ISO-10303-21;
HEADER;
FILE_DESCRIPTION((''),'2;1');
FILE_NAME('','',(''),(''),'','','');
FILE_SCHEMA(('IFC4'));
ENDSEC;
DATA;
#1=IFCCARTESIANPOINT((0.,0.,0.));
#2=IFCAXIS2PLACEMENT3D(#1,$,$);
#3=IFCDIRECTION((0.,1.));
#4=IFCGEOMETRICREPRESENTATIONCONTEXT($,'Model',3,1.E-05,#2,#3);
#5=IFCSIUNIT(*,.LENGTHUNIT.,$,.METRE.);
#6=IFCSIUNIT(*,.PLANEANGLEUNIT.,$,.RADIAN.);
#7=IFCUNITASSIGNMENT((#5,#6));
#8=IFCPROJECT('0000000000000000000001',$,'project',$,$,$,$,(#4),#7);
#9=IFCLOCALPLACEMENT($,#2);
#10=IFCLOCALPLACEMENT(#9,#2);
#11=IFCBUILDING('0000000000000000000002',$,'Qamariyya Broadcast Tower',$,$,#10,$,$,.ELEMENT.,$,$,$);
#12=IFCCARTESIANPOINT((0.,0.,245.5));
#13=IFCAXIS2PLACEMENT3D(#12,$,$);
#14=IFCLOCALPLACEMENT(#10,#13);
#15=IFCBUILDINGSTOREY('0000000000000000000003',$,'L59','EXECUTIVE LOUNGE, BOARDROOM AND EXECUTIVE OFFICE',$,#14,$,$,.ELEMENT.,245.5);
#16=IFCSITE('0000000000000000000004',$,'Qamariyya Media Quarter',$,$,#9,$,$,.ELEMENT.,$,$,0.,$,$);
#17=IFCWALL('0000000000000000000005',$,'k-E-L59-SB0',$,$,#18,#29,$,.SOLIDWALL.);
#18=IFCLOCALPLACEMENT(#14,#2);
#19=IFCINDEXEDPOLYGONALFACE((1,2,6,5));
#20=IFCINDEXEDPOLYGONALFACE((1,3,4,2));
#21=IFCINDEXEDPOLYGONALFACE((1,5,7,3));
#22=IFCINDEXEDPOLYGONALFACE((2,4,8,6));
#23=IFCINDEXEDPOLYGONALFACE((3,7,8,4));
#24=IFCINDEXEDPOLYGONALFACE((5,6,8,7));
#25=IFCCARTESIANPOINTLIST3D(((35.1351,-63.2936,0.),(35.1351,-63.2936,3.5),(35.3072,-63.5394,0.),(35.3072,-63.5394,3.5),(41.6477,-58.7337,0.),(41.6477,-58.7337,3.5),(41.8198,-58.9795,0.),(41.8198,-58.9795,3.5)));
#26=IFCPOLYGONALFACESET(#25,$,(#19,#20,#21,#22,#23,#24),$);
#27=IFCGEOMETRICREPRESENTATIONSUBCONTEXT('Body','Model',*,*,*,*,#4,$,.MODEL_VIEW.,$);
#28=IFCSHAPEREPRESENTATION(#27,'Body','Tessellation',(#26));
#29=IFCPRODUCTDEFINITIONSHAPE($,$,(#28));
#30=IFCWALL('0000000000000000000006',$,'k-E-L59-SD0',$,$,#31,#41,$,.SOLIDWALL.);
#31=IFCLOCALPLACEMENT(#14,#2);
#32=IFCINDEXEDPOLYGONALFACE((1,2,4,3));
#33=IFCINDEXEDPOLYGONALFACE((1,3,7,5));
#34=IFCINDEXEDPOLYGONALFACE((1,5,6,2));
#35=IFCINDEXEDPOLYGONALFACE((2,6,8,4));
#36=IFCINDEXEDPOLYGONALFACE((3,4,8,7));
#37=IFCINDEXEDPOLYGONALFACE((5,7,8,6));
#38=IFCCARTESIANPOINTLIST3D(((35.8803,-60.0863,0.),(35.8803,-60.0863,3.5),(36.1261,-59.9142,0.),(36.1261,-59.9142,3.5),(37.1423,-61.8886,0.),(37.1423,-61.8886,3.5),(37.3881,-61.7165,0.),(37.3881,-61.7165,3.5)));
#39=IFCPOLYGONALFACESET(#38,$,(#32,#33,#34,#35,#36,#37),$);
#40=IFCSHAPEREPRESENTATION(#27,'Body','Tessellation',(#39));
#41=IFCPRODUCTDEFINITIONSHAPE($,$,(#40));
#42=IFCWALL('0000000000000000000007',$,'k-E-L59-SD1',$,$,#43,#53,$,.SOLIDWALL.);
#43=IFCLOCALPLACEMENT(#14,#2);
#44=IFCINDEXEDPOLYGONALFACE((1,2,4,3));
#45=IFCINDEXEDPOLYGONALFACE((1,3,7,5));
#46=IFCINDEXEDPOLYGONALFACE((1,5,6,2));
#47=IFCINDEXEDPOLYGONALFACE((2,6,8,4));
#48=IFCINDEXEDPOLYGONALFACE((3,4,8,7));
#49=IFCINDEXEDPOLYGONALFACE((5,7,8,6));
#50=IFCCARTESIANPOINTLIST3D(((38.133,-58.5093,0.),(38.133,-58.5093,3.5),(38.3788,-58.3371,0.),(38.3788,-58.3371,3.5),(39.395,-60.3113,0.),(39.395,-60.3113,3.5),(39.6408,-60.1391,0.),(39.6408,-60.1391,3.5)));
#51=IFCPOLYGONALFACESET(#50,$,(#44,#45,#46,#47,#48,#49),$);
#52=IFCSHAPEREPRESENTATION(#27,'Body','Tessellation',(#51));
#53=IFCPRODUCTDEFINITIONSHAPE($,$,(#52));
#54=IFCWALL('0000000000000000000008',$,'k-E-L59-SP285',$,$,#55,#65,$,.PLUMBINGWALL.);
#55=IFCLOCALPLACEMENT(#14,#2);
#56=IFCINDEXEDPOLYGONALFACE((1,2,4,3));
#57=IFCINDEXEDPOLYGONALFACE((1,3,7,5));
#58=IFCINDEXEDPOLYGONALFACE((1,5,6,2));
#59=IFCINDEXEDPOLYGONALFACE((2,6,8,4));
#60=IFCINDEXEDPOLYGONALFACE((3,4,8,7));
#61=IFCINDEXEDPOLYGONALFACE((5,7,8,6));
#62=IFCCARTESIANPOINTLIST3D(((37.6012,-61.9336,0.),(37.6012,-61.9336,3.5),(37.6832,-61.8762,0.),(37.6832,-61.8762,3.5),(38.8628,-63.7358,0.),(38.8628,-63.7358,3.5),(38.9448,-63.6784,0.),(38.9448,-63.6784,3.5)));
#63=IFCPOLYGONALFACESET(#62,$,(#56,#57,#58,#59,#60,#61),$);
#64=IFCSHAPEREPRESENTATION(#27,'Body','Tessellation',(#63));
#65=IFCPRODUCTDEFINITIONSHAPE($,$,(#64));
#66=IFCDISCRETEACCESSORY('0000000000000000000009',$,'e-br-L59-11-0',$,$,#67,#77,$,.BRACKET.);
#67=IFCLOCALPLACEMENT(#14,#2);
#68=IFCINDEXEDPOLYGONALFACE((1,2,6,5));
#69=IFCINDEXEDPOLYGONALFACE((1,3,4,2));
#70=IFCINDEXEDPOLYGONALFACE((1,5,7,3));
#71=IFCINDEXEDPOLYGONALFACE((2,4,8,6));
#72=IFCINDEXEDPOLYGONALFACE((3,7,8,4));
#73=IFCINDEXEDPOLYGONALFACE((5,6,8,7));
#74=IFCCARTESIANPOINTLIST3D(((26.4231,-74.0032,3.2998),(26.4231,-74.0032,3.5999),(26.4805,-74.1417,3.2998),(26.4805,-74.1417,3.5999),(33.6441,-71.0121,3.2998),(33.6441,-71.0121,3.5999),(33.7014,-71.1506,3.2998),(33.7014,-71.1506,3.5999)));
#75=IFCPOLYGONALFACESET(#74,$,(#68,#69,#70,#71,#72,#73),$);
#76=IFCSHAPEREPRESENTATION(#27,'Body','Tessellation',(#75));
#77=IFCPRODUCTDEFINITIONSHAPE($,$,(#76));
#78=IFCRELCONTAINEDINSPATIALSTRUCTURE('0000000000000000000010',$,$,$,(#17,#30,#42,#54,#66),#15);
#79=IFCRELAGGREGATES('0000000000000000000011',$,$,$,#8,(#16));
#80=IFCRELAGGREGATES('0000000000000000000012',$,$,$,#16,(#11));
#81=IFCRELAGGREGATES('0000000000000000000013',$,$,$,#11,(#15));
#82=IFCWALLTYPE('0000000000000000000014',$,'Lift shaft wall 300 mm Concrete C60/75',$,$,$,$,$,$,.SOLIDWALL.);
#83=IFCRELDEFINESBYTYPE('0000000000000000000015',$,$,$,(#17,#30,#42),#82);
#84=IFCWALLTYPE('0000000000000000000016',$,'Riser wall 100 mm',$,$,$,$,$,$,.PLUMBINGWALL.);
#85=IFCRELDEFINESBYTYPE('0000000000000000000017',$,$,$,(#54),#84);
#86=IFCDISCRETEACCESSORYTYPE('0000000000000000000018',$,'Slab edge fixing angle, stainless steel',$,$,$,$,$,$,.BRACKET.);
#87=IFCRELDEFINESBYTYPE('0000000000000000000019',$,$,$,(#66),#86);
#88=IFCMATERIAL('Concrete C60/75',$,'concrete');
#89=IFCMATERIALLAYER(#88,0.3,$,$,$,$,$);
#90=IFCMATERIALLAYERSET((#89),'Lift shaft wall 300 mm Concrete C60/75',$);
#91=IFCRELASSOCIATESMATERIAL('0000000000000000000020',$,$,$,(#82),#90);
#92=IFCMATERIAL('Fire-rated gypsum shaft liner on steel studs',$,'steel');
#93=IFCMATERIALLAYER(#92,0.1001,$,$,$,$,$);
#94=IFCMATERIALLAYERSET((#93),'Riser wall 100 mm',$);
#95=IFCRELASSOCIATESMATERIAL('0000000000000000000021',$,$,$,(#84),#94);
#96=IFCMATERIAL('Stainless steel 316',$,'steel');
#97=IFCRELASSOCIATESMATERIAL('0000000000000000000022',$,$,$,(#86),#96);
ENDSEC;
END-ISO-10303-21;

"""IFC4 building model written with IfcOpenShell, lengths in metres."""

from ifc_helpers import new_model, si_unit, direction, frame, frame_2d, origin, origin_2d, place, context, subcontext, project, spatial, rectangle, extrude, material, layer, layer_set, type_object, element, save


model = new_model("IFC4")

# Units and contexts
model_context = context("Model", 3, precision=1e-05, world=origin(), true_north=direction((0.0, 1.0)))
body_context = subcontext(model_context, "Body", "Model", "MODEL_VIEW")
ifc_project = project(units=[si_unit("LENGTHUNIT", "METRE"), si_unit("PLANEANGLEUNIT", "RADIAN")], contexts=[model_context])

# Site, building, storey
site_placement = place(None, origin())
site = spatial("IfcSite", under=ifc_project, at=site_placement, Name="Qamariyya Media Quarter", CompositionType="ELEMENT", RefElevation=0.0)
building_placement = place(site_placement, origin())
building = spatial("IfcBuilding", under=site, at=building_placement, Name="Qamariyya Broadcast Tower", CompositionType="ELEMENT")
storey_placement = place(building_placement, frame((0.0, 0.0, 245.5)))
storey = spatial("IfcBuildingStorey", under=building, at=storey_placement, Name="L59", Description="EXECUTIVE LOUNGE, BOARDROOM AND EXECUTIVE OFFICE", CompositionType="ELEMENT", Elevation=245.5)

# Shared definitions
ifc_material_1 = material(Name="Concrete C60/75", Category="concrete")

# Shared definitions
ifc_layer_1 = layer(ifc_material_1, 0.3)
ifc_layer_set_1 = layer_set([ifc_layer_1], Name="Lift shaft wall 300 mm Concrete C60/75")
wall_type_1 = type_object("IfcWallType", Name="Lift shaft wall 300 mm Concrete C60/75", PredefinedType="SOLIDWALL", material=ifc_layer_set_1)

# Walls
wall_1_placement = place(storey_placement, frame((35.2212, -63.4165, 0.0), z_axis=(0.0, 0.0, 1.0), x_axis=(0.819167, 0.573555, 0.0)))
element("IfcWall", 1, at=wall_1_placement, inside=storey, type_object=wall_type_1, Name="k-E-L59-SB0", PredefinedType="SOLIDWALL", context=body_context, shape_type="SweptSolid", body=[
    extrude(rectangle(XDim=7.9502, YDim=0.3, at=frame_2d((3.9751, 0.0))), origin(), (0.0, 0.0, 1.0), 3.5),
])
wall_2_placement = place(storey_placement, frame((36.0032, -60.0002, 0.0), z_axis=(0.0, 0.0, 1.0), x_axis=(0.573581, -0.819149, 0.0)))
element("IfcWall", 2, at=wall_2_placement, inside=storey, type_object=wall_type_1, Name="k-E-L59-SD0", PredefinedType="SOLIDWALL", context=body_context, shape_type="SweptSolid", body=[
    extrude(rectangle(XDim=2.2002, YDim=0.3, at=frame_2d((1.1001, 0.0))), origin(), (0.0, 0.0, 1.0), 3.5),
])
wall_3_placement = place(storey_placement, frame((38.2559, -58.4231, 0.0), z_axis=(0.0, 0.0, 1.0), x_axis=(0.573634, -0.819112, 0.0)))
element("IfcWall", 3, at=wall_3_placement, inside=storey, type_object=wall_type_1, Name="k-E-L59-SD1", PredefinedType="SOLIDWALL", context=body_context, shape_type="SweptSolid", body=[
    extrude(rectangle(XDim=2.2, YDim=0.3, at=frame_2d((1.1001, 0.0))), origin(), (0.0, 0.0, 1.0), 3.5),
])
ifc_material_2 = material(Name="Fire-rated gypsum shaft liner on steel studs", Category="steel")
ifc_layer_2 = layer(ifc_material_2, 0.1001)
ifc_layer_set_2 = layer_set([ifc_layer_2], Name="Riser wall 100 mm")
wall_type_2 = type_object("IfcWallType", Name="Riser wall 100 mm", PredefinedType="PLUMBINGWALL", material=ifc_layer_set_2)
wall_4_placement = place(storey_placement, frame((37.6421, -61.9048, 0.0), z_axis=(0.0, 0.0, 1.0), x_axis=(0.573507, -0.819201, 0.0)))
element("IfcWall", 4, at=wall_4_placement, inside=storey, type_object=wall_type_2, Name="k-E-L59-SP285", PredefinedType="PLUMBINGWALL", context=body_context, shape_type="SweptSolid", body=[
    extrude(rectangle(XDim=2.2, YDim=0.1001, at=frame_2d((1.1001, 0.0))), origin(), (0.0, 0.0, 1.0), 3.5),
])

# Discrete accessory
ifc_material_3 = material(Name="Stainless steel 316", Category="steel")
discrete_accessory_type = type_object("IfcDiscreteAccessoryType", Name="Slab edge fixing angle, stainless steel", PredefinedType="BRACKET", material=ifc_material_3)
discrete_accessory_placement = place(storey_placement, frame((30.0623, -72.5769, 3.2998), z_axis=(0.0, 0.0, 1.0), x_axis=(0.92388, 0.382683, 0.0)))
element("IfcDiscreteAccessory", 5, at=discrete_accessory_placement, inside=storey, type_object=discrete_accessory_type, Name="e-br-L59-11-0", PredefinedType="BRACKET", context=body_context, shape_type="SweptSolid", body=[
    extrude(rectangle(XDim=7.8159, YDim=0.1499, at=origin_2d()), origin(), (0.0, 0.0, 1.0), 0.3),
])

save(model, "model.ifc")
